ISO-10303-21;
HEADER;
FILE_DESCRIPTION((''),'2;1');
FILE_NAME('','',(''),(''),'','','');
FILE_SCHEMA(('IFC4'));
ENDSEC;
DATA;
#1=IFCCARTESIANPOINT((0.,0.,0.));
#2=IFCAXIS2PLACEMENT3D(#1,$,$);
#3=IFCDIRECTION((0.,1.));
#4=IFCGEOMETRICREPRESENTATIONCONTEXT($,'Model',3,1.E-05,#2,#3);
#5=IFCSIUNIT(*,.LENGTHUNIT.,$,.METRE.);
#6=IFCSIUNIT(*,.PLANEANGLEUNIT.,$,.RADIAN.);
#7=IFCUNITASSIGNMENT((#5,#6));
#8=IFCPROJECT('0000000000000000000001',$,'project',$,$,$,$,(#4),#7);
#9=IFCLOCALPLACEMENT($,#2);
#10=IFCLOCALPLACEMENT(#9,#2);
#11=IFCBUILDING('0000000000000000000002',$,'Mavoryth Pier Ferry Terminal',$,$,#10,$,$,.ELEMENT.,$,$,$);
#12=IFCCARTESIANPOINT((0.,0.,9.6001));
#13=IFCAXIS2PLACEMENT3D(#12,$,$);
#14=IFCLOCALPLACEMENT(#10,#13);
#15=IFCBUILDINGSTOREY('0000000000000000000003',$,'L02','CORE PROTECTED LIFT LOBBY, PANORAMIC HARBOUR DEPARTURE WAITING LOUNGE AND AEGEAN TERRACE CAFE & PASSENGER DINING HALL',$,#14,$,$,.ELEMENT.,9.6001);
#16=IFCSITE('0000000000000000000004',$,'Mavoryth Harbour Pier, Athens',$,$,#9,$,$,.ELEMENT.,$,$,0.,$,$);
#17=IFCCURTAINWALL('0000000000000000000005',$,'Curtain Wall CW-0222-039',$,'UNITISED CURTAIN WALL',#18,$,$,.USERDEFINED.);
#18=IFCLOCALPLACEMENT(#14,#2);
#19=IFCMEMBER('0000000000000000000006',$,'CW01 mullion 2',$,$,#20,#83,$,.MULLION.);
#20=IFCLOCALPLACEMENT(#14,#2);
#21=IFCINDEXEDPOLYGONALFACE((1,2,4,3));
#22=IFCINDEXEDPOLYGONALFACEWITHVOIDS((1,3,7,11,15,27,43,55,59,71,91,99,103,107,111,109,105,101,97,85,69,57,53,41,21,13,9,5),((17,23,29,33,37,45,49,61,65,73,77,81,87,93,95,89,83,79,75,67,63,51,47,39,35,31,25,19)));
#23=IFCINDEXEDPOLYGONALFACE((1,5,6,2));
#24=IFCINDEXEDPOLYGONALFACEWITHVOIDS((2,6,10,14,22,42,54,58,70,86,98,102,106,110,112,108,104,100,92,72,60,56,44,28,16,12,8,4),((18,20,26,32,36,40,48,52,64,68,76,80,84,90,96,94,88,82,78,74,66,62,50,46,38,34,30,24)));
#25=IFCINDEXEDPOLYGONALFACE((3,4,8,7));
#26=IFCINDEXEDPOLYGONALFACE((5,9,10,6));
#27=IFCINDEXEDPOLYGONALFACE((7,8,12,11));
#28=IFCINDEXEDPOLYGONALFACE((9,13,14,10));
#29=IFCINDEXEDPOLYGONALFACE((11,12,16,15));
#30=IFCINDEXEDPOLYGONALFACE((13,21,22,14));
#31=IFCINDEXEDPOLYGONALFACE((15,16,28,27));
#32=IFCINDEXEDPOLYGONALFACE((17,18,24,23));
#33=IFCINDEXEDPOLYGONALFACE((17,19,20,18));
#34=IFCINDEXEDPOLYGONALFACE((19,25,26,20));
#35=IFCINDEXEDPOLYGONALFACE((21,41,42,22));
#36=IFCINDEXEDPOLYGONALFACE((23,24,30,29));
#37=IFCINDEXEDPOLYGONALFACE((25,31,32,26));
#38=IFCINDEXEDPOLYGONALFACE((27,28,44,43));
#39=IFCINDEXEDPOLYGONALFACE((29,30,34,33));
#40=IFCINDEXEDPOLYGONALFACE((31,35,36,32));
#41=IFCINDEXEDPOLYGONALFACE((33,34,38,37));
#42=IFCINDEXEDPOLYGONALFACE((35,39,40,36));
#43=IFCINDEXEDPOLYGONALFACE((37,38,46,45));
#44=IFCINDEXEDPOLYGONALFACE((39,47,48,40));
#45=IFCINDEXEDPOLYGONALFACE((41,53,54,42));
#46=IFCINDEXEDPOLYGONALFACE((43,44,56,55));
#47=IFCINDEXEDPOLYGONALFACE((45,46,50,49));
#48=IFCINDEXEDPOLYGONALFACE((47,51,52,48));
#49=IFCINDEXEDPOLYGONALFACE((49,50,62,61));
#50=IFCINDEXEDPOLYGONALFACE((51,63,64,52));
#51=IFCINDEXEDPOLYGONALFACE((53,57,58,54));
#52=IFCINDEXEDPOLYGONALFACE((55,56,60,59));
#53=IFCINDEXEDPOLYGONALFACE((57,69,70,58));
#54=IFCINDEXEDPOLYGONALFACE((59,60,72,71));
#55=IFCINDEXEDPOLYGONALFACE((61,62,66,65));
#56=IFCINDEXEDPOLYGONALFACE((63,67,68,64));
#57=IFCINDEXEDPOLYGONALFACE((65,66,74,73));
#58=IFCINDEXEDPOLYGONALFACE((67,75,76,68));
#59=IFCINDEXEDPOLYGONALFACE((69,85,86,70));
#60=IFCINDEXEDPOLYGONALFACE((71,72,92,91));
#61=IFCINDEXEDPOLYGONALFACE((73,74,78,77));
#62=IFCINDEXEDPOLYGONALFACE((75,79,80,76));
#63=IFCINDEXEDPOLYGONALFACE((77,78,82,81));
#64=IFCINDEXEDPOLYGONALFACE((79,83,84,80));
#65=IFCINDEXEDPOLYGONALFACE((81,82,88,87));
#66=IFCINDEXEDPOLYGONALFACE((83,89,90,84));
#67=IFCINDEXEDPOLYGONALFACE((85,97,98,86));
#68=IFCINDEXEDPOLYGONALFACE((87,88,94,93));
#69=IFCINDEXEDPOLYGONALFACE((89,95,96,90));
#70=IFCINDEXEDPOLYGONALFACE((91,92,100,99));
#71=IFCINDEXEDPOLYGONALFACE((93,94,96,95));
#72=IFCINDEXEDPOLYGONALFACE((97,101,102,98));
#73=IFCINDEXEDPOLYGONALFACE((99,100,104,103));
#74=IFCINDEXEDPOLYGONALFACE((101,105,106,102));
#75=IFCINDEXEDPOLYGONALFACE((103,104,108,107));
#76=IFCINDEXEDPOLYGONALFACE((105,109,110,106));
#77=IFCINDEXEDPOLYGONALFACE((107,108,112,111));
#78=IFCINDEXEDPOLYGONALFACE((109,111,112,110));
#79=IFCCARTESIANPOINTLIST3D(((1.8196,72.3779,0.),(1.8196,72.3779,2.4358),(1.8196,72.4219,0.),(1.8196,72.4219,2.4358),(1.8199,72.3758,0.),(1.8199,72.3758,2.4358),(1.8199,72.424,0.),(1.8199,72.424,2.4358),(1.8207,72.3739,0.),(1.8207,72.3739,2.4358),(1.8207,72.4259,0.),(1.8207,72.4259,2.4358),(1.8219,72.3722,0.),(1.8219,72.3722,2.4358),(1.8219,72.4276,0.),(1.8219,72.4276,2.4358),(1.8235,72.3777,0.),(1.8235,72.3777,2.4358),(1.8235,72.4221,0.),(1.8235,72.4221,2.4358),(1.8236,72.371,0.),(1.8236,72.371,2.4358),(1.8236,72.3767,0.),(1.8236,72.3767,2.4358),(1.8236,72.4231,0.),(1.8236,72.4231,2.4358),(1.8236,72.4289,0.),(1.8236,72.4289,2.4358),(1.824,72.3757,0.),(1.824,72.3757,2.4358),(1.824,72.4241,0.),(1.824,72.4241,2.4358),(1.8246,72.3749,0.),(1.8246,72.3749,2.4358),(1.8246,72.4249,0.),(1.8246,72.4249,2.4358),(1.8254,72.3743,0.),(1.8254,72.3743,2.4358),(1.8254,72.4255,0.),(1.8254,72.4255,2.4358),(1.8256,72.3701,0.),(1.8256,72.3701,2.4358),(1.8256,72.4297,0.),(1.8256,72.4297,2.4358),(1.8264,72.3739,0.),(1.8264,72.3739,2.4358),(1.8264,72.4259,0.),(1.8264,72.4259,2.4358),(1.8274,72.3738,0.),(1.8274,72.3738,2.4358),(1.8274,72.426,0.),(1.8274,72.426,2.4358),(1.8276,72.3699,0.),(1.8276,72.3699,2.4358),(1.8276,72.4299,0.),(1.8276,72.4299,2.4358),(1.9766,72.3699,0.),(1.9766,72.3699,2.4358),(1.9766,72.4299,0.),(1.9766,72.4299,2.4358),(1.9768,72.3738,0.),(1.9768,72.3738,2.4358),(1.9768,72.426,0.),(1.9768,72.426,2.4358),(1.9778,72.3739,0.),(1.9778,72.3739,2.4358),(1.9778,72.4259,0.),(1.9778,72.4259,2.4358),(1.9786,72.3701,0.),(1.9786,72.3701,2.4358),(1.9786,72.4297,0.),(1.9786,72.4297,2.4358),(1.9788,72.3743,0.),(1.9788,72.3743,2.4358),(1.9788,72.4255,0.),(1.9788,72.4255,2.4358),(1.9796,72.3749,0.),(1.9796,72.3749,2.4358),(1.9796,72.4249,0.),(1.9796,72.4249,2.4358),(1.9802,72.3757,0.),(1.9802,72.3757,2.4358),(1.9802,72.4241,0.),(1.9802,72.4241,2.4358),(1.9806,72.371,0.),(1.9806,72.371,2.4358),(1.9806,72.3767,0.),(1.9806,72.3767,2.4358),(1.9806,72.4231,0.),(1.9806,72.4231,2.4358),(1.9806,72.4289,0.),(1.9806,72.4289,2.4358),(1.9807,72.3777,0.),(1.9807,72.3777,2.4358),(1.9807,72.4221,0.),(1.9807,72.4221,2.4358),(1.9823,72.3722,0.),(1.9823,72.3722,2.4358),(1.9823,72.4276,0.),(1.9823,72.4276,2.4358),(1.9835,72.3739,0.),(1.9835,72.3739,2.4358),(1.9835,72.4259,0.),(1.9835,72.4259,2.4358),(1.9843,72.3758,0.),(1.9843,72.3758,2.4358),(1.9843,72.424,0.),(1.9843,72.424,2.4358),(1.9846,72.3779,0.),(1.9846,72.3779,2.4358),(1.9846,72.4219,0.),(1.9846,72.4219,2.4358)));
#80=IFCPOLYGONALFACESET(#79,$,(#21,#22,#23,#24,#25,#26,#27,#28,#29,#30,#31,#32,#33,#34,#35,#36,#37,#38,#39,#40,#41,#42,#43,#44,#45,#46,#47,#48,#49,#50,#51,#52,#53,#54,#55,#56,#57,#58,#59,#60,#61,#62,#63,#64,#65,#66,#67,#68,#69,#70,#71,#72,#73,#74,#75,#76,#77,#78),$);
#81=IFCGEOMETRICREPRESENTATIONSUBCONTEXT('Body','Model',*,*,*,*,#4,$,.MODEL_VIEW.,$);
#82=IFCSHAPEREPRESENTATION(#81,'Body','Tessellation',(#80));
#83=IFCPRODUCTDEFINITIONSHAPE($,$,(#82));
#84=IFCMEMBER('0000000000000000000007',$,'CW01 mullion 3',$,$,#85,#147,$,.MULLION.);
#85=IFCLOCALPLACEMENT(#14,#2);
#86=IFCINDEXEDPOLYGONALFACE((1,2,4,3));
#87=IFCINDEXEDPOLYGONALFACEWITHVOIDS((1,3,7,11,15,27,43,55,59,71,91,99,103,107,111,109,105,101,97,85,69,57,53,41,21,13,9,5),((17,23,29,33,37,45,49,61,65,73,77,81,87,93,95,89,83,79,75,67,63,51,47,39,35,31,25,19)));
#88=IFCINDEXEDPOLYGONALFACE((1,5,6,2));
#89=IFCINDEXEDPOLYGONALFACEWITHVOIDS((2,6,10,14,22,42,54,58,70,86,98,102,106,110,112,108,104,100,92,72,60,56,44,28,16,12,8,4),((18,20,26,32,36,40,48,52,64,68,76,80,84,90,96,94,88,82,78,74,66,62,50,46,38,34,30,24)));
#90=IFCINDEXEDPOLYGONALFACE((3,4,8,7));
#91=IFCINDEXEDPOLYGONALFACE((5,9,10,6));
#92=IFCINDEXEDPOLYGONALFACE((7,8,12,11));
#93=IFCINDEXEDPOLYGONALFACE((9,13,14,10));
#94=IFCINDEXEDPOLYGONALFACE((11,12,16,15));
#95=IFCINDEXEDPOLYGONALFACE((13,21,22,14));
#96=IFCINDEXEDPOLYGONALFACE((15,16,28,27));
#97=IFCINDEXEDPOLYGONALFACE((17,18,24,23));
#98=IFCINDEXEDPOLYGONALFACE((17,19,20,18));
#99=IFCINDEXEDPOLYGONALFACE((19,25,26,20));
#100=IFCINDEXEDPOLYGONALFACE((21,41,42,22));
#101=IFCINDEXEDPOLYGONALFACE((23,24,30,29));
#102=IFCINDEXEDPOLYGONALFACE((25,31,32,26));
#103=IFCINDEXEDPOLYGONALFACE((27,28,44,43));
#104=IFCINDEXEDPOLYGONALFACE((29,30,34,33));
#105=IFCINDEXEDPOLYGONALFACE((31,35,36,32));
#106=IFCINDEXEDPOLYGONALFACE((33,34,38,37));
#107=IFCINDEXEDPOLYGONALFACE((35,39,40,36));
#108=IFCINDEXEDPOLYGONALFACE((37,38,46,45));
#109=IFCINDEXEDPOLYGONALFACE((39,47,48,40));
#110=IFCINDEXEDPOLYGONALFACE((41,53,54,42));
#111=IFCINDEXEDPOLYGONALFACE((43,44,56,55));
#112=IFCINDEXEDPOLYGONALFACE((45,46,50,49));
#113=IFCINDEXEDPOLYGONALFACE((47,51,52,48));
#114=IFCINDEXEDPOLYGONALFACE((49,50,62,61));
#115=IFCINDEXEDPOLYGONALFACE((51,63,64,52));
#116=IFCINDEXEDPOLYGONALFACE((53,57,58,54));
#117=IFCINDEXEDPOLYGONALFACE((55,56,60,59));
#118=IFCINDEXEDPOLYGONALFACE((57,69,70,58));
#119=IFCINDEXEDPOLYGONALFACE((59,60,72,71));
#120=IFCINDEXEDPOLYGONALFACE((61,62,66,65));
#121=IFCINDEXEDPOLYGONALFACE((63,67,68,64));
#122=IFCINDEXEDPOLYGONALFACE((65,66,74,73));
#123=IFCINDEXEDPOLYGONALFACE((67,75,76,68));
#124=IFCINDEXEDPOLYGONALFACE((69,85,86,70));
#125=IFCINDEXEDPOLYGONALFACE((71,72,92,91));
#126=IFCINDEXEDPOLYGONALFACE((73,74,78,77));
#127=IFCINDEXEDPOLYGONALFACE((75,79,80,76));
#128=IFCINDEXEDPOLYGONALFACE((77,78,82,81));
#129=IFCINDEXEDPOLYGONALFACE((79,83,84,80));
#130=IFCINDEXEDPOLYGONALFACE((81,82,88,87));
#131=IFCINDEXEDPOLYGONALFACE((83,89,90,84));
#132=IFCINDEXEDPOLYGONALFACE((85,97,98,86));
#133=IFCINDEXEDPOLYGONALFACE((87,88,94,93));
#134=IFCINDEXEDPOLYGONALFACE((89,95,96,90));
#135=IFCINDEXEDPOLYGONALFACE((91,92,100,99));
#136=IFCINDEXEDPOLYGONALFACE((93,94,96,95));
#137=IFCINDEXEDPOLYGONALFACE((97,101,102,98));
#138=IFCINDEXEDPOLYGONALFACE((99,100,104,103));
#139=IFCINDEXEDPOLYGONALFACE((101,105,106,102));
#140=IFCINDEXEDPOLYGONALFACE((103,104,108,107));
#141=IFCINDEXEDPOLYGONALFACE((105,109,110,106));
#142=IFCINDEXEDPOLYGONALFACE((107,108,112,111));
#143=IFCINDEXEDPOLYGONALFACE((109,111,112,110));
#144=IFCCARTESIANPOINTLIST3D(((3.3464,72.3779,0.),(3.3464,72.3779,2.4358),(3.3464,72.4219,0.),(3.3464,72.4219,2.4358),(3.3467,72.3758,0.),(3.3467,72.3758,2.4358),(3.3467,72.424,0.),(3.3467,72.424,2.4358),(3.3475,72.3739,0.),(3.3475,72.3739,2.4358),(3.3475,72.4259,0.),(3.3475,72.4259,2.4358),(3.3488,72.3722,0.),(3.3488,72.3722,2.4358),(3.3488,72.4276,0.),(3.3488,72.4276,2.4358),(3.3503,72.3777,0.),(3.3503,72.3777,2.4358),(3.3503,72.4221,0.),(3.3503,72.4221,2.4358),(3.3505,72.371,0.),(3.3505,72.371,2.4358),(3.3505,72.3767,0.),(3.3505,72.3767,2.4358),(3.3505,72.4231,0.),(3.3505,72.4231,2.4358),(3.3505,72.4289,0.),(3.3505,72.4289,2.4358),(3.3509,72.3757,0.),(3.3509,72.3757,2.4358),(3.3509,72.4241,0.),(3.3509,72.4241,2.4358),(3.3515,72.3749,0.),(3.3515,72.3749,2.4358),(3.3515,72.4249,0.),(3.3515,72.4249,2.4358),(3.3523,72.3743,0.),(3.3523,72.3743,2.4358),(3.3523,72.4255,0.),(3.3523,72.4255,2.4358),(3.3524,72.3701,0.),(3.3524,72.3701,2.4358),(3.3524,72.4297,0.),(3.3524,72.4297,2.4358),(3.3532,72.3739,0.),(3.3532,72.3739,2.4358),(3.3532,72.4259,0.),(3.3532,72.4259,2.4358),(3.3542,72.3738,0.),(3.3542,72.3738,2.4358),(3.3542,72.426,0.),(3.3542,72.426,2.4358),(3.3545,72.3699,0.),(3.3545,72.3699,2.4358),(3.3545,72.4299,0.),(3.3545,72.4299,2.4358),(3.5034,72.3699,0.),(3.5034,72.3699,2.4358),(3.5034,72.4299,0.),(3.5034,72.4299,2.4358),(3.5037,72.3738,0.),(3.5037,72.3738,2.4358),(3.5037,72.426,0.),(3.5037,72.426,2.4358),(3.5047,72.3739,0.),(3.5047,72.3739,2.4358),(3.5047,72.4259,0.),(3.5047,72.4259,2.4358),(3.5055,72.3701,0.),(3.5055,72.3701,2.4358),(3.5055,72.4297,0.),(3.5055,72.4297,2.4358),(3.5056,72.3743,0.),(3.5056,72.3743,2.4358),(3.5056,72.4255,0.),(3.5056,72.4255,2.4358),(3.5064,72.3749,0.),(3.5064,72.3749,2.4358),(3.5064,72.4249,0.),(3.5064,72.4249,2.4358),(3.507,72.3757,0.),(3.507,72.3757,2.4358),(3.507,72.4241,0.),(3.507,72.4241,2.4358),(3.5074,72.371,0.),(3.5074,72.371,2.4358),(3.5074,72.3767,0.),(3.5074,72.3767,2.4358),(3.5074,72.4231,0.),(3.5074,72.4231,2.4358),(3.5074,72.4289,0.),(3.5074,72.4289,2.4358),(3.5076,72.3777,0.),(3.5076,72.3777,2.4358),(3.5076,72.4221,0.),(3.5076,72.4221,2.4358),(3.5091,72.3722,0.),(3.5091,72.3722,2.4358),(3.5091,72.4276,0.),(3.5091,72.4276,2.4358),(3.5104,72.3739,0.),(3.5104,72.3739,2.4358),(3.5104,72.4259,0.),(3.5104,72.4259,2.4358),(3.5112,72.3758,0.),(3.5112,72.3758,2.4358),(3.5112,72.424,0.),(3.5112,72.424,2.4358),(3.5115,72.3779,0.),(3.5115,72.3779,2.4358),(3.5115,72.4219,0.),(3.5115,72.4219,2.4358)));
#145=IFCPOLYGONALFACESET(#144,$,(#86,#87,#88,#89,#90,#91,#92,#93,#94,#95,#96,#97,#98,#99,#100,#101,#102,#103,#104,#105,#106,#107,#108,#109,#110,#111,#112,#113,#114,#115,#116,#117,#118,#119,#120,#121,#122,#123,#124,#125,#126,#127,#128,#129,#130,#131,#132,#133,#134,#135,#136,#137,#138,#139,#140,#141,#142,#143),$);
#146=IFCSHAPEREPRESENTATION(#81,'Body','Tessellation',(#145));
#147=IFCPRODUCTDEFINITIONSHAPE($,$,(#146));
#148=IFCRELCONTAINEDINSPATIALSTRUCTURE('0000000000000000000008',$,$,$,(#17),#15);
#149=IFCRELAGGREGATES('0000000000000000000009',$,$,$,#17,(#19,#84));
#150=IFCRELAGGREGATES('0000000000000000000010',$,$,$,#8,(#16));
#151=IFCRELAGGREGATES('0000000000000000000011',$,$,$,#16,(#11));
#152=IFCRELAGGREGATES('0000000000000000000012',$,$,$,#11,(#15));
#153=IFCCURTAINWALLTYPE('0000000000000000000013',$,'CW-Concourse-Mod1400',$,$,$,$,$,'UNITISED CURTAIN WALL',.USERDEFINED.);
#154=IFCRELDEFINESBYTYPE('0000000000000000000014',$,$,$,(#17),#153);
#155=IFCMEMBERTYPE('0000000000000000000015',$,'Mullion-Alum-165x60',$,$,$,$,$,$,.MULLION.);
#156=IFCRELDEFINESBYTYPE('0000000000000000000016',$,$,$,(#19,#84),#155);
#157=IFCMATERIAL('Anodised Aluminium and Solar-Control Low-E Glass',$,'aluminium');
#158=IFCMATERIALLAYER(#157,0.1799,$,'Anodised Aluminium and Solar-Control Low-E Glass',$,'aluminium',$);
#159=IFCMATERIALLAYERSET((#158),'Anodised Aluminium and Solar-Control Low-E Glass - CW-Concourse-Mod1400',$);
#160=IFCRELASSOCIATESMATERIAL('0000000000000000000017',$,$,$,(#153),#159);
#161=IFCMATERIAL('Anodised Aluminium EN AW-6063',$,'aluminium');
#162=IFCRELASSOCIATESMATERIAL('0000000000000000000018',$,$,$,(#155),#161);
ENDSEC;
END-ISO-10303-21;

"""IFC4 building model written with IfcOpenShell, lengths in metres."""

from ifc_helpers import new_model, si_unit, direction, frame, origin, origin_2d, place, context, subcontext, project, spatial, hollow_rectangle, extrude, material, layer, layer_set, material_profile, profile_set, type_object, element, aggregate, save


model = new_model("IFC4")

# Units and contexts
model_context = context("Model", 3, precision=1e-05, world=origin(), true_north=direction((0.0, 1.0)))
body_context = subcontext(model_context, "Body", "Model", "MODEL_VIEW")
ifc_project = project(units=[si_unit("LENGTHUNIT", "METRE"), si_unit("PLANEANGLEUNIT", "RADIAN")], contexts=[model_context])

# Site, building, storey
site_placement = place(None, origin())
site = spatial("IfcSite", under=ifc_project, at=site_placement, Name="Mavoryth Harbour Pier, Athens", CompositionType="ELEMENT", RefElevation=0.0)
building_placement = place(site_placement, origin())
building = spatial("IfcBuilding", under=site, at=building_placement, Name="Mavoryth Pier Ferry Terminal", CompositionType="ELEMENT")
storey_placement = place(building_placement, frame((0.0, 0.0, 9.6001)))
storey = spatial("IfcBuildingStorey", under=building, at=storey_placement, Name="L02", Description="CORE PROTECTED LIFT LOBBY, PANORAMIC HARBOUR DEPARTURE WAITING LOUNGE AND AEGEAN TERRACE CAFE & PASSENGER DINING HALL", CompositionType="ELEMENT", Elevation=9.6001)

# Curtain wall, members
ifc_material_1 = material(Name="Anodised Aluminium and Solar-Control Low-E Glass", Category="aluminium")
ifc_layer_1 = layer(ifc_material_1, 0.1799, Name="Anodised Aluminium and Solar-Control Low-E Glass", Category="aluminium")
ifc_layer_set_1 = layer_set([ifc_layer_1], Name="Anodised Aluminium and Solar-Control Low-E Glass - CW-Concourse-Mod1400")
curtain_wall_type = type_object("IfcCurtainWallType", Name="CW-Concourse-Mod1400", ElementType="UNITISED CURTAIN WALL", PredefinedType="USERDEFINED", material=ifc_layer_set_1)
curtain_wall_placement = place(storey_placement, origin())
curtain_wall = element("IfcCurtainWall", 1, at=curtain_wall_placement, inside=storey, type_object=curtain_wall_type, Name="Curtain Wall CW-0222-039", ObjectType="UNITISED CURTAIN WALL", PredefinedType="USERDEFINED")
ifc_material_2 = material(Name="Anodised Aluminium EN AW-6063", Category="aluminium")
ifc_material_profile_1 = material_profile(ifc_material_2, hollow_rectangle(XDim=0.0601, YDim=0.165, WallThickness=0.0039, InnerFilletRadius=0.0039, OuterFilletRadius=0.0081, at=origin_2d()), Name="AL-MULL 165x60x4", Category="aluminium")
ifc_profile_set_1 = profile_set([ifc_material_profile_1], Name="Anodised Aluminium EN AW-6063 - AL-MULL 165x60x4")
member_type_1 = type_object("IfcMemberType", Name="Mullion-Alum-165x60", PredefinedType="MULLION", material=ifc_profile_set_1)
member_1_placement = place(storey_placement, frame((1.9021, 72.3999, 0.0), z_axis=(0.0, 0.0, 1.0), x_axis=(0.0, 1.0, 0.0)))
member_1 = element("IfcMember", 2, at=member_1_placement, type_object=member_type_1, Name="CW01 mullion 2", PredefinedType="MULLION", context=body_context, shape_type="SweptSolid", body=[
    extrude(hollow_rectangle(XDim=0.0601, YDim=0.165, WallThickness=0.0039, InnerFilletRadius=0.0039, OuterFilletRadius=0.0081, at=origin_2d()), origin(), (0.0, 0.0, 1.0), 2.4358),
])
member_2_placement = place(storey_placement, frame((3.429, 72.3999, 0.0), z_axis=(0.0, 0.0, 1.0), x_axis=(0.0, 1.0, 0.0)))
member_2 = element("IfcMember", 3, at=member_2_placement, type_object=member_type_1, Name="CW01 mullion 3", PredefinedType="MULLION", context=body_context, shape_type="SweptSolid", body=[
    extrude(hollow_rectangle(XDim=0.0601, YDim=0.165, WallThickness=0.0039, InnerFilletRadius=0.0039, OuterFilletRadius=0.0081, at=origin_2d()), origin(), (0.0, 0.0, 1.0), 2.4358),
])

aggregate(curtain_wall, [member_1, member_2])

save(model, "model.ifc")
